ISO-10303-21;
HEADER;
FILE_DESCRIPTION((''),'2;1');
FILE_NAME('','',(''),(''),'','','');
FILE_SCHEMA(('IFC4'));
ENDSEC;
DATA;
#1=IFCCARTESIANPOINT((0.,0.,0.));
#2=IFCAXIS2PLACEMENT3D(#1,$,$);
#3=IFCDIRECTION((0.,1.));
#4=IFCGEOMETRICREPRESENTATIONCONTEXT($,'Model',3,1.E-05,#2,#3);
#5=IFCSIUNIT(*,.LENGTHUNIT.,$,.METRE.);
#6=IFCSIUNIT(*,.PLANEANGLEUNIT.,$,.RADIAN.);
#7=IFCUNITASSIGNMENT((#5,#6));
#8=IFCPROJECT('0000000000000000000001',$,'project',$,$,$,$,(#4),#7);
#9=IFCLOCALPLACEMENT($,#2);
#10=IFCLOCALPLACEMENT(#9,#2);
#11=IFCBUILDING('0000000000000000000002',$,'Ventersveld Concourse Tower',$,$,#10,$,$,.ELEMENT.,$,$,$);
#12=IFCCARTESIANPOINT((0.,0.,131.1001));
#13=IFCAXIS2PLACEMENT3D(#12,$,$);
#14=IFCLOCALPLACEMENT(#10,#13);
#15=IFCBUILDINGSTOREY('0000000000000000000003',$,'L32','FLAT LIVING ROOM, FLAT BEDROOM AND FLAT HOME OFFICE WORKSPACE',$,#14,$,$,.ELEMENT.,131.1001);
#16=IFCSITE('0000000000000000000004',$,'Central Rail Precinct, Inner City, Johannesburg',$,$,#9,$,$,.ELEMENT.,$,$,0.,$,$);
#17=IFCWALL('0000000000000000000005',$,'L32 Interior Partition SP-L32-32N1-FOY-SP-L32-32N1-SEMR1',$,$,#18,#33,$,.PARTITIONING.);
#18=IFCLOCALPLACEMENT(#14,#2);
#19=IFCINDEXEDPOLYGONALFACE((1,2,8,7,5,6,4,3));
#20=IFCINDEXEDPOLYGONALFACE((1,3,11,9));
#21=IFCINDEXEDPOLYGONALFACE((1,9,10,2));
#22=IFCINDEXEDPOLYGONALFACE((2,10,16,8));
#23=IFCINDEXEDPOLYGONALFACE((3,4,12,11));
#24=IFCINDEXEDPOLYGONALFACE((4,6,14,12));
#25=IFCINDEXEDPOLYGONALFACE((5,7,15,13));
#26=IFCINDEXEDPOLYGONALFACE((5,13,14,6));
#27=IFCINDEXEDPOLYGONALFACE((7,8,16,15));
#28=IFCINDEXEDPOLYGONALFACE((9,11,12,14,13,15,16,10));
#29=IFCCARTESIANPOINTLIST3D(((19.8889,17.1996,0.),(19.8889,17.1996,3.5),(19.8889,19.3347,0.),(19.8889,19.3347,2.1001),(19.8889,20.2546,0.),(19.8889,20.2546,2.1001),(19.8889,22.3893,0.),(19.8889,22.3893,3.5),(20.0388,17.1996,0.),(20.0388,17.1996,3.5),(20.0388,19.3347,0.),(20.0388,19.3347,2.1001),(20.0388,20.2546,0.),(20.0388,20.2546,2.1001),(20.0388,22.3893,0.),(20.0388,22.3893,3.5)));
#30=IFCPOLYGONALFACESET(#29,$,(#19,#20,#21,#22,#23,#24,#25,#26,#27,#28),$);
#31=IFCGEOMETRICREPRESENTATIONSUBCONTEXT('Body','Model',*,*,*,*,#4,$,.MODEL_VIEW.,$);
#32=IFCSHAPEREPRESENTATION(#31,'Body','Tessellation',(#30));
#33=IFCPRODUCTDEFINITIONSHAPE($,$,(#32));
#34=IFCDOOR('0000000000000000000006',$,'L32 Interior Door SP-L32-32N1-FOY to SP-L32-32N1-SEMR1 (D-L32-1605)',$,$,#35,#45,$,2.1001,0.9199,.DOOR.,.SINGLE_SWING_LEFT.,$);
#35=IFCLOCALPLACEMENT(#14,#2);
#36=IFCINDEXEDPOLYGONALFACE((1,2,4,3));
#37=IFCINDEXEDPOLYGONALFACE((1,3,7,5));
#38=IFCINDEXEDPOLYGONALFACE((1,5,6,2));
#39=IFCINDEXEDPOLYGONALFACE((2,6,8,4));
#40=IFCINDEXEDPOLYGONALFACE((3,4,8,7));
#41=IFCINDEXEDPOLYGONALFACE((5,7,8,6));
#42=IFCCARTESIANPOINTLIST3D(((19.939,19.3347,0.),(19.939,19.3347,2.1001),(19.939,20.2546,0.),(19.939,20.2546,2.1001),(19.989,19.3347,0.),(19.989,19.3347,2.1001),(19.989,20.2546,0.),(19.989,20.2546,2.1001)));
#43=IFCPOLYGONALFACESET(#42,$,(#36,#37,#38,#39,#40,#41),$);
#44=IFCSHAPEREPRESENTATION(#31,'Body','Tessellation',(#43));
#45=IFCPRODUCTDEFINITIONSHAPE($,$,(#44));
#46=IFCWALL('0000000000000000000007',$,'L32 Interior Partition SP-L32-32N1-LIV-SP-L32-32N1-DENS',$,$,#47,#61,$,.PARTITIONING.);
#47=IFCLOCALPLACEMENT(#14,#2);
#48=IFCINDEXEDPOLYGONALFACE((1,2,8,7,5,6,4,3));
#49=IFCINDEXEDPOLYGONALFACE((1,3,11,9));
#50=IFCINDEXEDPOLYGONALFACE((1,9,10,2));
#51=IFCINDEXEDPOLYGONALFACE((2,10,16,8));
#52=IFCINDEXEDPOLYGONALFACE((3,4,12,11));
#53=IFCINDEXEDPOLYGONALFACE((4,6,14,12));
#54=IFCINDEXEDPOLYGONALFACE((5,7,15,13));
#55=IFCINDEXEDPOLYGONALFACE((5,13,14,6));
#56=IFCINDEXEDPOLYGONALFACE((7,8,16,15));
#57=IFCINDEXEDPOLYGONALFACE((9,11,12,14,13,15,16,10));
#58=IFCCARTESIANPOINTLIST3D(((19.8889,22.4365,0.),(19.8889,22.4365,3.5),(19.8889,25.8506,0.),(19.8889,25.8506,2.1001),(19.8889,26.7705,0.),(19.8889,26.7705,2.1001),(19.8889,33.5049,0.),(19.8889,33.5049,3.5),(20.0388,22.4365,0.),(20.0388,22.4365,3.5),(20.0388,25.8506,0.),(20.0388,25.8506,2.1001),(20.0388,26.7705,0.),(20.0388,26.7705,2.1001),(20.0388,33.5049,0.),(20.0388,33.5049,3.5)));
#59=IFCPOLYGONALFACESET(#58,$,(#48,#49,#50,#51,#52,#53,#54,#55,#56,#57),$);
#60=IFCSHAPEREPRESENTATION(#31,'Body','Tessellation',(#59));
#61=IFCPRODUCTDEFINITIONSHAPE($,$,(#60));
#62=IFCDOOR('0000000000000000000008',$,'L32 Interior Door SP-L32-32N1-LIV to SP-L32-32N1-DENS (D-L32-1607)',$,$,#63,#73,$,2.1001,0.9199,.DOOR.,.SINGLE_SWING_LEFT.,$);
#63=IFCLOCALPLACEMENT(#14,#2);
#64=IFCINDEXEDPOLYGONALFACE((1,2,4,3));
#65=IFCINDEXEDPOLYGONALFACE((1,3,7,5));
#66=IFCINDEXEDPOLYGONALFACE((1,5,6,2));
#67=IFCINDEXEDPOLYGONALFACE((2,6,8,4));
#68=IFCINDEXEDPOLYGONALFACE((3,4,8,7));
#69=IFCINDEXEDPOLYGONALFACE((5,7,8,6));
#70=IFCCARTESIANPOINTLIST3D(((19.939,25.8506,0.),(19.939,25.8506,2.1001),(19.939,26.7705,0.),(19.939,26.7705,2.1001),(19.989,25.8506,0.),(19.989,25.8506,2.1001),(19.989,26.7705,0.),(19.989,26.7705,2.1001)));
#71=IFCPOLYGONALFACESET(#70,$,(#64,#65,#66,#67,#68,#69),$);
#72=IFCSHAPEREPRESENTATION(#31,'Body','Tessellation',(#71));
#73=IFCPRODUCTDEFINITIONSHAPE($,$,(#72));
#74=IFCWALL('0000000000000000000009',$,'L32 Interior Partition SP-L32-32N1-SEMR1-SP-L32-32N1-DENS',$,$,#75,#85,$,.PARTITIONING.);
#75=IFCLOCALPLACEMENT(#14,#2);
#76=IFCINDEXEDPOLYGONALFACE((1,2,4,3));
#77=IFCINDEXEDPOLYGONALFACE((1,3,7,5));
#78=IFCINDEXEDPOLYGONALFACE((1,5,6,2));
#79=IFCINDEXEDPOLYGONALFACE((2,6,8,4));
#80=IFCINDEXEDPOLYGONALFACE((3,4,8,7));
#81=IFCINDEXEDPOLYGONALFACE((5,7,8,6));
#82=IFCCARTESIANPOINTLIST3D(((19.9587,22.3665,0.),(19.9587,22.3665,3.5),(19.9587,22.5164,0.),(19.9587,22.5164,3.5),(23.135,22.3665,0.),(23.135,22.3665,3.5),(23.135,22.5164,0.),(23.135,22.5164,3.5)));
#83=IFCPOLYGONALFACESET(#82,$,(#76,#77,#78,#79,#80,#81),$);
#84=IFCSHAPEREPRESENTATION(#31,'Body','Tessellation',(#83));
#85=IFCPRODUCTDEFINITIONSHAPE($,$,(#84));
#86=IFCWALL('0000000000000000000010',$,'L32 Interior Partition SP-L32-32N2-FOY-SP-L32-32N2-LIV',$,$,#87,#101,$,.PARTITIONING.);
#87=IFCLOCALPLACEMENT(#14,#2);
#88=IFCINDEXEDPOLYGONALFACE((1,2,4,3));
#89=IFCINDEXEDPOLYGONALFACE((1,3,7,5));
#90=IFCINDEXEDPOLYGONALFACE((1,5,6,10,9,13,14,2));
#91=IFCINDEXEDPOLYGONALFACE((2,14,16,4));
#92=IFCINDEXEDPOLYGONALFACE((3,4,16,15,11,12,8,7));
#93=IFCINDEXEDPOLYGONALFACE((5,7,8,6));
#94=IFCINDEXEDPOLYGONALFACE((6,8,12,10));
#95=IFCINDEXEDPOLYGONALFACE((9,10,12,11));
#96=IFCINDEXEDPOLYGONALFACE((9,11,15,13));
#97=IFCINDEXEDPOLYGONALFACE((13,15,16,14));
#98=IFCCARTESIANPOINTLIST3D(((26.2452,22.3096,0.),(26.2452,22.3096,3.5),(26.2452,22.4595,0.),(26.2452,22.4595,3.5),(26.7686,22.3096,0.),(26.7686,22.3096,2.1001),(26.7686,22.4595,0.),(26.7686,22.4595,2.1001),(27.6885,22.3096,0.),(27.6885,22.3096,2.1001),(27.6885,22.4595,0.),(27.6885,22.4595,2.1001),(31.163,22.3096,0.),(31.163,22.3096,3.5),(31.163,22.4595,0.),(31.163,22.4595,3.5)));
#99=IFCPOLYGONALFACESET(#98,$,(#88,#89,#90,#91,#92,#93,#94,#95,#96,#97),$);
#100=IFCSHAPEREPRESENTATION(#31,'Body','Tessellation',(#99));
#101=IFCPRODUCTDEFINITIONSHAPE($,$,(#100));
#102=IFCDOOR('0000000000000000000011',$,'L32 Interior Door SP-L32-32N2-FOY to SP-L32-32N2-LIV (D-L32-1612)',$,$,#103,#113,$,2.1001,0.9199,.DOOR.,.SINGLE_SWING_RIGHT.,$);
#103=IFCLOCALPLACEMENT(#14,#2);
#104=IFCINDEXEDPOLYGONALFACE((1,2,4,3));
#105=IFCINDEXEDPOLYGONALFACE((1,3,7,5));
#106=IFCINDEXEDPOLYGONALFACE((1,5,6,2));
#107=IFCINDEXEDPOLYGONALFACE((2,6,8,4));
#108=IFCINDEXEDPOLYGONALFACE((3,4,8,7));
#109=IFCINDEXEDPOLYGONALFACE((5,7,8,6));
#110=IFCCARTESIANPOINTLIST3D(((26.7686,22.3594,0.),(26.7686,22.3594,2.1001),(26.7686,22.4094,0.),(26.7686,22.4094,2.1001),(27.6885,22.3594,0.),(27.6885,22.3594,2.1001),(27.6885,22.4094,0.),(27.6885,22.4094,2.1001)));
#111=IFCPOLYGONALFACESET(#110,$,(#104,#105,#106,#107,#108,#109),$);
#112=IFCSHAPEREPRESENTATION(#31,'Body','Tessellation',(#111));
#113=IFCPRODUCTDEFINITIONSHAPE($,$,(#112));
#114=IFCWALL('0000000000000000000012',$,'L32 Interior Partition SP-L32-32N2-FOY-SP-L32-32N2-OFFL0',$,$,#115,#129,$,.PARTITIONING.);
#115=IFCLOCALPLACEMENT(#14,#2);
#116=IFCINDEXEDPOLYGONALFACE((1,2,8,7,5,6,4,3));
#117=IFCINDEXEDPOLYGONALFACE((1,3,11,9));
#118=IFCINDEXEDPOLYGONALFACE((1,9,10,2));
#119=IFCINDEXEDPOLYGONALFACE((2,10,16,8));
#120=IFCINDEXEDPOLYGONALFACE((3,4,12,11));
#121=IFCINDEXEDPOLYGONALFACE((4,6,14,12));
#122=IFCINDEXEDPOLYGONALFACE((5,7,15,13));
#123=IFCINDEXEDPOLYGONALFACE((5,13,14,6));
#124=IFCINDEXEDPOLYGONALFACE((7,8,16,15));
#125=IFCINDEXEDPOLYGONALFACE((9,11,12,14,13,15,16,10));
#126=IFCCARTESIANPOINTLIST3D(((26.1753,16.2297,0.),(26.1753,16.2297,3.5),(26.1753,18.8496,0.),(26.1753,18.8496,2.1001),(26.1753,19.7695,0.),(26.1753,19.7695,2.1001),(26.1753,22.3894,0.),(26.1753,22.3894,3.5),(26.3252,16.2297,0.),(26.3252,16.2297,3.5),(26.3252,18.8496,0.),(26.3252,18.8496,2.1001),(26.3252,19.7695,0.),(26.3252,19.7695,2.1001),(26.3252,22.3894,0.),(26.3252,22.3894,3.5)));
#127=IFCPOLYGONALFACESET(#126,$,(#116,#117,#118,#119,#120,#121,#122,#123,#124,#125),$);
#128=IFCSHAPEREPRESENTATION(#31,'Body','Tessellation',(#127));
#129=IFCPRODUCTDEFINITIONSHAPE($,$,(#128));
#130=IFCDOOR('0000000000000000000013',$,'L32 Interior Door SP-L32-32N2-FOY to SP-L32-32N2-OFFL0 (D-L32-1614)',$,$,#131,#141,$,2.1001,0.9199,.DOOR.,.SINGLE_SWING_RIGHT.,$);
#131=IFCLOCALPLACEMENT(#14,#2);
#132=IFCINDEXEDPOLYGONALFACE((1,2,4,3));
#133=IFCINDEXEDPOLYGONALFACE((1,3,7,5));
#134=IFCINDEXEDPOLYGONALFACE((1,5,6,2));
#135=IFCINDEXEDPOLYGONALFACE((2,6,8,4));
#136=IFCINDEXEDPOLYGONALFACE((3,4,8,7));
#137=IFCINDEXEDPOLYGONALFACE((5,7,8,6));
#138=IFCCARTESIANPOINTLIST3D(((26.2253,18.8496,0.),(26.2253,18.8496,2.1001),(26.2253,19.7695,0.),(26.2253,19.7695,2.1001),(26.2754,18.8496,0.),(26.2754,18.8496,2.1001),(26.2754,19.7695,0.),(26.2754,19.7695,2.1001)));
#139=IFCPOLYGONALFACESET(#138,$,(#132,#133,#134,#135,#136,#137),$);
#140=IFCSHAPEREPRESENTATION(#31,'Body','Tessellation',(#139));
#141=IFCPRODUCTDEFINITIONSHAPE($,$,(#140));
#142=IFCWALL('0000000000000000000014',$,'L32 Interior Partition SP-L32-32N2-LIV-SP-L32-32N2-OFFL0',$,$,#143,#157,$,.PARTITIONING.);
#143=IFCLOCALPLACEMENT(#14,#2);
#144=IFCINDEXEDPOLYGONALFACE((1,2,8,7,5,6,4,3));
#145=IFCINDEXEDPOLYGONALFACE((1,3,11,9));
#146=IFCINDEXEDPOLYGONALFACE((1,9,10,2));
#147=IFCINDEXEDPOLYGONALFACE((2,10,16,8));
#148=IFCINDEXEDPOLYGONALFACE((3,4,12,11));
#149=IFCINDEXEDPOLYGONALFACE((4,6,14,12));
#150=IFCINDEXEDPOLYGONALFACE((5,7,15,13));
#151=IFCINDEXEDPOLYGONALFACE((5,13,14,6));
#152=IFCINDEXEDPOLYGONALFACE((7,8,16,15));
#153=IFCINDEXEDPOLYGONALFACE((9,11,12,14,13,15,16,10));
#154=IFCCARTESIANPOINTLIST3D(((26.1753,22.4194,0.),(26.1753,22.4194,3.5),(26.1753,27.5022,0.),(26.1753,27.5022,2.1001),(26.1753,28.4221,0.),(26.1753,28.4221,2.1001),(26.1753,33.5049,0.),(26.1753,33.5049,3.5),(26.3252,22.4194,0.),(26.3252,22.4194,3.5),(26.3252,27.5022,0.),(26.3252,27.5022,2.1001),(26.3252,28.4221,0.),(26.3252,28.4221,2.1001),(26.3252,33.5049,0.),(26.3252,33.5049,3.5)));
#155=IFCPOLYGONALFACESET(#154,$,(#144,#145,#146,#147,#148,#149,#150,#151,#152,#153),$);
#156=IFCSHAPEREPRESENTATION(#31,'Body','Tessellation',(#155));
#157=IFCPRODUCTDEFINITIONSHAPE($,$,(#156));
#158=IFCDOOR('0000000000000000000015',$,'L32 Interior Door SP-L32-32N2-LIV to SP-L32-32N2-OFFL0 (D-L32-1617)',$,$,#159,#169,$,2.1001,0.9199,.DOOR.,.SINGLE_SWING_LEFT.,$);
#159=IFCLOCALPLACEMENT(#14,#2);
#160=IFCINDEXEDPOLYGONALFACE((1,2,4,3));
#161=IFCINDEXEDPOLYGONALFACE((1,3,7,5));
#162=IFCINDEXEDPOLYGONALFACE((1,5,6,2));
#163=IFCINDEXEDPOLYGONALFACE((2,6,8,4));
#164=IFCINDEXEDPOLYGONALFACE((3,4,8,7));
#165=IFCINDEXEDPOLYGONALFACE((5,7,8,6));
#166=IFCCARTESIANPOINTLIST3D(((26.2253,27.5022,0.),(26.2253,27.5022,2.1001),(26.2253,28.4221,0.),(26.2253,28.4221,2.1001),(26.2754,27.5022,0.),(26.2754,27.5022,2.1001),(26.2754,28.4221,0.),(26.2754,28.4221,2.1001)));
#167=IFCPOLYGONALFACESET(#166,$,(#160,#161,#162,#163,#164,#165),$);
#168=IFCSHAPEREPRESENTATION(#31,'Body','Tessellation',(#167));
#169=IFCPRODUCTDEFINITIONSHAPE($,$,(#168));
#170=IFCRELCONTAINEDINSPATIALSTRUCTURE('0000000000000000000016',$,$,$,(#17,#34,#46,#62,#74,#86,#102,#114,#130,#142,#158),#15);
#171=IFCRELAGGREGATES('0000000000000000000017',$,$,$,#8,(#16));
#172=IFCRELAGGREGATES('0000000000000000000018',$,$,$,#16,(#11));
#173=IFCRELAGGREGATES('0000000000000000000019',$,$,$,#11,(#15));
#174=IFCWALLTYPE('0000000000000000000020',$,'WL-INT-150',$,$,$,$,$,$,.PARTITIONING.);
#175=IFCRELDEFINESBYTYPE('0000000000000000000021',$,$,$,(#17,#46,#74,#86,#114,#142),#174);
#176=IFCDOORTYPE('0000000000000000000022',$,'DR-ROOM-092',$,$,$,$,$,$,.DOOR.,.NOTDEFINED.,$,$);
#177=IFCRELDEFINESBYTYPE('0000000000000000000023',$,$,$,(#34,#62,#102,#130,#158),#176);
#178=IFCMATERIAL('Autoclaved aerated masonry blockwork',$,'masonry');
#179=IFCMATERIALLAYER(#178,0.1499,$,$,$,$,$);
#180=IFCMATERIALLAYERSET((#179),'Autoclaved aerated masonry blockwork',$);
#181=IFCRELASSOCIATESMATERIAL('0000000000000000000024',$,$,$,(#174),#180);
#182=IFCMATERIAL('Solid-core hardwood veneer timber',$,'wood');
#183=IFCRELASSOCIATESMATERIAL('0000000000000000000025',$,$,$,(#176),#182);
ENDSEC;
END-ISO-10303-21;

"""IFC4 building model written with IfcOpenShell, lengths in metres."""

from ifc_helpers import new_model, si_unit, direction, frame, frame_2d, origin, place, context, subcontext, project, spatial, rectangle, extrude, material, layer, layer_set, type_object, element, fill, save


model = new_model("IFC4")

# Units and contexts
model_context = context("Model", 3, precision=1e-05, world=origin(), true_north=direction((0.0, 1.0)))
body_context = subcontext(model_context, "Body", "Model", "MODEL_VIEW")
ifc_project = project(units=[si_unit("LENGTHUNIT", "METRE"), si_unit("PLANEANGLEUNIT", "RADIAN")], contexts=[model_context])

# Site, building, storey
site_placement = place(None, origin())
site = spatial("IfcSite", under=ifc_project, at=site_placement, Name="Central Rail Precinct, Inner City, Johannesburg", CompositionType="ELEMENT", RefElevation=0.0)
building_placement = place(site_placement, origin())
building = spatial("IfcBuilding", under=site, at=building_placement, Name="Ventersveld Concourse Tower", CompositionType="ELEMENT")
storey_placement = place(building_placement, frame((0.0, 0.0, 131.1001)))
storey = spatial("IfcBuildingStorey", under=building, at=storey_placement, Name="L32", Description="FLAT LIVING ROOM, FLAT BEDROOM AND FLAT HOME OFFICE WORKSPACE", CompositionType="ELEMENT", Elevation=131.1001)

# Shared definitions
ifc_material_1 = material(Name="Solid-core hardwood veneer timber", Category="wood")

# Walls, openings, doors
ifc_material_2 = material(Name="Autoclaved aerated masonry blockwork", Category="masonry")
ifc_layer_1 = layer(ifc_material_2, 0.1499)
ifc_layer_set_1 = layer_set([ifc_layer_1], Name="Autoclaved aerated masonry blockwork")
wall_type_1 = type_object("IfcWallType", Name="WL-INT-150", PredefinedType="PARTITIONING", material=ifc_layer_set_1)
door_type_1 = type_object("IfcDoorType", Name="DR-ROOM-092", OperationType="NOTDEFINED", PredefinedType="DOOR", material=ifc_material_1)
wall_1_placement = place(storey_placement, frame((19.9639, 17.1997, 0.0), z_axis=(0.0, 0.0, 1.0), x_axis=(0.0, 1.0, 0.0)))
wall_1 = element("IfcWall", 1, at=wall_1_placement, inside=storey, type_object=wall_type_1, Name="L32 Interior Partition SP-L32-32N1-FOY-SP-L32-32N1-SEMR1", PredefinedType="PARTITIONING", context=body_context, shape_type="SweptSolid", body=[
    extrude(rectangle(XDim=5.1897, YDim=0.1499, at=frame_2d((2.5947, 0.0))), origin(), (0.0, 0.0, 1.0), 3.5),
])
opening_1_placement = place(wall_1_placement, frame((2.135, 0.0, 0.0)))
opening_1 = element("IfcOpeningElement", 2, at=opening_1_placement, cuts=wall_1, PredefinedType="OPENING", context=body_context, shape_type="SweptSolid", body=[
    extrude(rectangle(XDim=0.9199, YDim=2.1001, at=frame_2d((0.46, 1.05))), frame((0.0, 0.085, 0.0), z_axis=(0.0, -1.0, 0.0), x_axis=(1.0, 0.0, 0.0)), (0.0, 0.0, 1.0), 0.1699),
])
door_1_placement = place(opening_1_placement, origin())
door_1 = element("IfcDoor", 3, at=door_1_placement, inside=storey, type_object=door_type_1, Name="L32 Interior Door SP-L32-32N1-FOY to SP-L32-32N1-SEMR1 (D-L32-1605)", OperationType="SINGLE_SWING_LEFT", OverallHeight=2.1001, OverallWidth=0.9199, PredefinedType="DOOR", context=body_context, shape_type="SweptSolid", body=[
    extrude(rectangle(XDim=0.9199, YDim=2.1001, at=frame_2d((0.46, 1.05))), frame((0.0, 0.0249, 0.0), z_axis=(0.0, -1.0, 0.0), x_axis=(1.0, 0.0, 0.0)), (0.0, 0.0, 1.0), 0.05),
])
fill(opening_1, door_1)
wall_2_placement = place(storey_placement, frame((19.9639, 22.4365, 0.0), z_axis=(0.0, 0.0, 1.0), x_axis=(0.0, 1.0, 0.0)))
wall_2 = element("IfcWall", 4, at=wall_2_placement, inside=storey, type_object=wall_type_1, Name="L32 Interior Partition SP-L32-32N1-LIV-SP-L32-32N1-DENS", PredefinedType="PARTITIONING", context=body_context, shape_type="SweptSolid", body=[
    extrude(rectangle(XDim=11.0684, YDim=0.1499, at=frame_2d((5.5342, 0.0))), origin(), (0.0, 0.0, 1.0), 3.5),
])
opening_2_placement = place(wall_2_placement, frame((3.4141, 0.0, 0.0)))
opening_2 = element("IfcOpeningElement", 5, at=opening_2_placement, cuts=wall_2, PredefinedType="OPENING", context=body_context, shape_type="SweptSolid", body=[
    extrude(rectangle(XDim=0.9199, YDim=2.1001, at=frame_2d((0.46, 1.05))), frame((0.0, 0.085, 0.0), z_axis=(0.0, -1.0, 0.0), x_axis=(1.0, 0.0, 0.0)), (0.0, 0.0, 1.0), 0.1699),
])
door_2_placement = place(opening_2_placement, origin())
door_2 = element("IfcDoor", 6, at=door_2_placement, inside=storey, type_object=door_type_1, Name="L32 Interior Door SP-L32-32N1-LIV to SP-L32-32N1-DENS (D-L32-1607)", OperationType="SINGLE_SWING_LEFT", OverallHeight=2.1001, OverallWidth=0.9199, PredefinedType="DOOR", context=body_context, shape_type="SweptSolid", body=[
    extrude(rectangle(XDim=0.9199, YDim=2.1001, at=frame_2d((0.46, 1.05))), frame((0.0, 0.0249, 0.0), z_axis=(0.0, -1.0, 0.0), x_axis=(1.0, 0.0, 0.0)), (0.0, 0.0, 1.0), 0.05),
])
fill(opening_2, door_2)

# Wall
wall_3_placement = place(storey_placement, frame((19.9587, 22.4414, 0.0), z_axis=(0.0, 0.0, 1.0), x_axis=(1.0, 0.0, 0.0)))
element("IfcWall", 7, at=wall_3_placement, inside=storey, type_object=wall_type_1, Name="L32 Interior Partition SP-L32-32N1-SEMR1-SP-L32-32N1-DENS", PredefinedType="PARTITIONING", context=body_context, shape_type="SweptSolid", body=[
    extrude(rectangle(XDim=3.1763, YDim=0.1499, at=frame_2d((1.5881, 0.0))), origin(), (0.0, 0.0, 1.0), 3.5),
])

# Walls, openings, doors
wall_4_placement = place(storey_placement, frame((26.2451, 22.3845, 0.0), z_axis=(0.0, 0.0, 1.0), x_axis=(1.0, 0.0, 0.0)))
wall_4 = element("IfcWall", 8, at=wall_4_placement, inside=storey, type_object=wall_type_1, Name="L32 Interior Partition SP-L32-32N2-FOY-SP-L32-32N2-LIV", PredefinedType="PARTITIONING", context=body_context, shape_type="SweptSolid", body=[
    extrude(rectangle(XDim=4.9177, YDim=0.1499, at=frame_2d((2.459, 0.0))), origin(), (0.0, 0.0, 1.0), 3.5),
])
opening_3_placement = place(wall_4_placement, frame((0.5234, 0.0, 0.0)))
opening_3 = element("IfcOpeningElement", 9, at=opening_3_placement, cuts=wall_4, PredefinedType="OPENING", context=body_context, shape_type="SweptSolid", body=[
    extrude(rectangle(XDim=0.9199, YDim=2.1001, at=frame_2d((0.46, 1.05))), frame((0.0, 0.085, 0.0), z_axis=(0.0, -1.0, 0.0), x_axis=(1.0, 0.0, 0.0)), (0.0, 0.0, 1.0), 0.1699),
])
door_3_placement = place(opening_3_placement, origin())
door_3 = element("IfcDoor", 10, at=door_3_placement, inside=storey, type_object=door_type_1, Name="L32 Interior Door SP-L32-32N2-FOY to SP-L32-32N2-LIV (D-L32-1612)", OperationType="SINGLE_SWING_RIGHT", OverallHeight=2.1001, OverallWidth=0.9199, PredefinedType="DOOR", context=body_context, shape_type="SweptSolid", body=[
    extrude(rectangle(XDim=0.9199, YDim=2.1001, at=frame_2d((0.46, 1.05))), frame((0.0, 0.0249, 0.0), z_axis=(0.0, -1.0, 0.0), x_axis=(1.0, 0.0, 0.0)), (0.0, 0.0, 1.0), 0.05),
])
fill(opening_3, door_3)
wall_5_placement = place(storey_placement, frame((26.2502, 16.2297, 0.0), z_axis=(0.0, 0.0, 1.0), x_axis=(0.0, 1.0, 0.0)))
wall_5 = element("IfcWall", 11, at=wall_5_placement, inside=storey, type_object=wall_type_1, Name="L32 Interior Partition SP-L32-32N2-FOY-SP-L32-32N2-OFFL0", PredefinedType="PARTITIONING", context=body_context, shape_type="SweptSolid", body=[
    extrude(rectangle(XDim=6.1597, YDim=0.1499, at=frame_2d((3.0798, 0.0))), origin(), (0.0, 0.0, 1.0), 3.5),
])
opening_4_placement = place(wall_5_placement, frame((2.6199, 0.0, 0.0)))
opening_4 = element("IfcOpeningElement", 12, at=opening_4_placement, cuts=wall_5, PredefinedType="OPENING", context=body_context, shape_type="SweptSolid", body=[
    extrude(rectangle(XDim=0.9199, YDim=2.1001, at=frame_2d((0.46, 1.05))), frame((0.0, 0.085, 0.0), z_axis=(0.0, -1.0, 0.0), x_axis=(1.0, 0.0, 0.0)), (0.0, 0.0, 1.0), 0.1699),
])
door_4_placement = place(opening_4_placement, origin())
door_4 = element("IfcDoor", 13, at=door_4_placement, inside=storey, type_object=door_type_1, Name="L32 Interior Door SP-L32-32N2-FOY to SP-L32-32N2-OFFL0 (D-L32-1614)", OperationType="SINGLE_SWING_RIGHT", OverallHeight=2.1001, OverallWidth=0.9199, PredefinedType="DOOR", context=body_context, shape_type="SweptSolid", body=[
    extrude(rectangle(XDim=0.9199, YDim=2.1001, at=frame_2d((0.46, 1.05))), frame((0.0, 0.0249, 0.0), z_axis=(0.0, -1.0, 0.0), x_axis=(1.0, 0.0, 0.0)), (0.0, 0.0, 1.0), 0.05),
])
fill(opening_4, door_4)
wall_6_placement = place(storey_placement, frame((26.2502, 22.4194, 0.0), z_axis=(0.0, 0.0, 1.0), x_axis=(0.0, 1.0, 0.0)))
wall_6 = element("IfcWall", 14, at=wall_6_placement, inside=storey, type_object=wall_type_1, Name="L32 Interior Partition SP-L32-32N2-LIV-SP-L32-32N2-OFFL0", PredefinedType="PARTITIONING", context=body_context, shape_type="SweptSolid", body=[
    extrude(rectangle(XDim=11.0854, YDim=0.1499, at=frame_2d((5.5427, 0.0))), origin(), (0.0, 0.0, 1.0), 3.5),
])
opening_5_placement = place(wall_6_placement, frame((5.0828, 0.0, 0.0)))
opening_5 = element("IfcOpeningElement", 15, at=opening_5_placement, cuts=wall_6, PredefinedType="OPENING", context=body_context, shape_type="SweptSolid", body=[
    extrude(rectangle(XDim=0.9199, YDim=2.1001, at=frame_2d((0.46, 1.05))), frame((0.0, 0.085, 0.0), z_axis=(0.0, -1.0, 0.0), x_axis=(1.0, 0.0, 0.0)), (0.0, 0.0, 1.0), 0.1699),
])
door_5_placement = place(opening_5_placement, origin())
door_5 = element("IfcDoor", 16, at=door_5_placement, inside=storey, type_object=door_type_1, Name="L32 Interior Door SP-L32-32N2-LIV to SP-L32-32N2-OFFL0 (D-L32-1617)", OperationType="SINGLE_SWING_LEFT", OverallHeight=2.1001, OverallWidth=0.9199, PredefinedType="DOOR", context=body_context, shape_type="SweptSolid", body=[
    extrude(rectangle(XDim=0.9199, YDim=2.1001, at=frame_2d((0.46, 1.05))), frame((0.0, 0.0249, 0.0), z_axis=(0.0, -1.0, 0.0), x_axis=(1.0, 0.0, 0.0)), (0.0, 0.0, 1.0), 0.05),
])
fill(opening_5, door_5)

save(model, "model.ifc")
